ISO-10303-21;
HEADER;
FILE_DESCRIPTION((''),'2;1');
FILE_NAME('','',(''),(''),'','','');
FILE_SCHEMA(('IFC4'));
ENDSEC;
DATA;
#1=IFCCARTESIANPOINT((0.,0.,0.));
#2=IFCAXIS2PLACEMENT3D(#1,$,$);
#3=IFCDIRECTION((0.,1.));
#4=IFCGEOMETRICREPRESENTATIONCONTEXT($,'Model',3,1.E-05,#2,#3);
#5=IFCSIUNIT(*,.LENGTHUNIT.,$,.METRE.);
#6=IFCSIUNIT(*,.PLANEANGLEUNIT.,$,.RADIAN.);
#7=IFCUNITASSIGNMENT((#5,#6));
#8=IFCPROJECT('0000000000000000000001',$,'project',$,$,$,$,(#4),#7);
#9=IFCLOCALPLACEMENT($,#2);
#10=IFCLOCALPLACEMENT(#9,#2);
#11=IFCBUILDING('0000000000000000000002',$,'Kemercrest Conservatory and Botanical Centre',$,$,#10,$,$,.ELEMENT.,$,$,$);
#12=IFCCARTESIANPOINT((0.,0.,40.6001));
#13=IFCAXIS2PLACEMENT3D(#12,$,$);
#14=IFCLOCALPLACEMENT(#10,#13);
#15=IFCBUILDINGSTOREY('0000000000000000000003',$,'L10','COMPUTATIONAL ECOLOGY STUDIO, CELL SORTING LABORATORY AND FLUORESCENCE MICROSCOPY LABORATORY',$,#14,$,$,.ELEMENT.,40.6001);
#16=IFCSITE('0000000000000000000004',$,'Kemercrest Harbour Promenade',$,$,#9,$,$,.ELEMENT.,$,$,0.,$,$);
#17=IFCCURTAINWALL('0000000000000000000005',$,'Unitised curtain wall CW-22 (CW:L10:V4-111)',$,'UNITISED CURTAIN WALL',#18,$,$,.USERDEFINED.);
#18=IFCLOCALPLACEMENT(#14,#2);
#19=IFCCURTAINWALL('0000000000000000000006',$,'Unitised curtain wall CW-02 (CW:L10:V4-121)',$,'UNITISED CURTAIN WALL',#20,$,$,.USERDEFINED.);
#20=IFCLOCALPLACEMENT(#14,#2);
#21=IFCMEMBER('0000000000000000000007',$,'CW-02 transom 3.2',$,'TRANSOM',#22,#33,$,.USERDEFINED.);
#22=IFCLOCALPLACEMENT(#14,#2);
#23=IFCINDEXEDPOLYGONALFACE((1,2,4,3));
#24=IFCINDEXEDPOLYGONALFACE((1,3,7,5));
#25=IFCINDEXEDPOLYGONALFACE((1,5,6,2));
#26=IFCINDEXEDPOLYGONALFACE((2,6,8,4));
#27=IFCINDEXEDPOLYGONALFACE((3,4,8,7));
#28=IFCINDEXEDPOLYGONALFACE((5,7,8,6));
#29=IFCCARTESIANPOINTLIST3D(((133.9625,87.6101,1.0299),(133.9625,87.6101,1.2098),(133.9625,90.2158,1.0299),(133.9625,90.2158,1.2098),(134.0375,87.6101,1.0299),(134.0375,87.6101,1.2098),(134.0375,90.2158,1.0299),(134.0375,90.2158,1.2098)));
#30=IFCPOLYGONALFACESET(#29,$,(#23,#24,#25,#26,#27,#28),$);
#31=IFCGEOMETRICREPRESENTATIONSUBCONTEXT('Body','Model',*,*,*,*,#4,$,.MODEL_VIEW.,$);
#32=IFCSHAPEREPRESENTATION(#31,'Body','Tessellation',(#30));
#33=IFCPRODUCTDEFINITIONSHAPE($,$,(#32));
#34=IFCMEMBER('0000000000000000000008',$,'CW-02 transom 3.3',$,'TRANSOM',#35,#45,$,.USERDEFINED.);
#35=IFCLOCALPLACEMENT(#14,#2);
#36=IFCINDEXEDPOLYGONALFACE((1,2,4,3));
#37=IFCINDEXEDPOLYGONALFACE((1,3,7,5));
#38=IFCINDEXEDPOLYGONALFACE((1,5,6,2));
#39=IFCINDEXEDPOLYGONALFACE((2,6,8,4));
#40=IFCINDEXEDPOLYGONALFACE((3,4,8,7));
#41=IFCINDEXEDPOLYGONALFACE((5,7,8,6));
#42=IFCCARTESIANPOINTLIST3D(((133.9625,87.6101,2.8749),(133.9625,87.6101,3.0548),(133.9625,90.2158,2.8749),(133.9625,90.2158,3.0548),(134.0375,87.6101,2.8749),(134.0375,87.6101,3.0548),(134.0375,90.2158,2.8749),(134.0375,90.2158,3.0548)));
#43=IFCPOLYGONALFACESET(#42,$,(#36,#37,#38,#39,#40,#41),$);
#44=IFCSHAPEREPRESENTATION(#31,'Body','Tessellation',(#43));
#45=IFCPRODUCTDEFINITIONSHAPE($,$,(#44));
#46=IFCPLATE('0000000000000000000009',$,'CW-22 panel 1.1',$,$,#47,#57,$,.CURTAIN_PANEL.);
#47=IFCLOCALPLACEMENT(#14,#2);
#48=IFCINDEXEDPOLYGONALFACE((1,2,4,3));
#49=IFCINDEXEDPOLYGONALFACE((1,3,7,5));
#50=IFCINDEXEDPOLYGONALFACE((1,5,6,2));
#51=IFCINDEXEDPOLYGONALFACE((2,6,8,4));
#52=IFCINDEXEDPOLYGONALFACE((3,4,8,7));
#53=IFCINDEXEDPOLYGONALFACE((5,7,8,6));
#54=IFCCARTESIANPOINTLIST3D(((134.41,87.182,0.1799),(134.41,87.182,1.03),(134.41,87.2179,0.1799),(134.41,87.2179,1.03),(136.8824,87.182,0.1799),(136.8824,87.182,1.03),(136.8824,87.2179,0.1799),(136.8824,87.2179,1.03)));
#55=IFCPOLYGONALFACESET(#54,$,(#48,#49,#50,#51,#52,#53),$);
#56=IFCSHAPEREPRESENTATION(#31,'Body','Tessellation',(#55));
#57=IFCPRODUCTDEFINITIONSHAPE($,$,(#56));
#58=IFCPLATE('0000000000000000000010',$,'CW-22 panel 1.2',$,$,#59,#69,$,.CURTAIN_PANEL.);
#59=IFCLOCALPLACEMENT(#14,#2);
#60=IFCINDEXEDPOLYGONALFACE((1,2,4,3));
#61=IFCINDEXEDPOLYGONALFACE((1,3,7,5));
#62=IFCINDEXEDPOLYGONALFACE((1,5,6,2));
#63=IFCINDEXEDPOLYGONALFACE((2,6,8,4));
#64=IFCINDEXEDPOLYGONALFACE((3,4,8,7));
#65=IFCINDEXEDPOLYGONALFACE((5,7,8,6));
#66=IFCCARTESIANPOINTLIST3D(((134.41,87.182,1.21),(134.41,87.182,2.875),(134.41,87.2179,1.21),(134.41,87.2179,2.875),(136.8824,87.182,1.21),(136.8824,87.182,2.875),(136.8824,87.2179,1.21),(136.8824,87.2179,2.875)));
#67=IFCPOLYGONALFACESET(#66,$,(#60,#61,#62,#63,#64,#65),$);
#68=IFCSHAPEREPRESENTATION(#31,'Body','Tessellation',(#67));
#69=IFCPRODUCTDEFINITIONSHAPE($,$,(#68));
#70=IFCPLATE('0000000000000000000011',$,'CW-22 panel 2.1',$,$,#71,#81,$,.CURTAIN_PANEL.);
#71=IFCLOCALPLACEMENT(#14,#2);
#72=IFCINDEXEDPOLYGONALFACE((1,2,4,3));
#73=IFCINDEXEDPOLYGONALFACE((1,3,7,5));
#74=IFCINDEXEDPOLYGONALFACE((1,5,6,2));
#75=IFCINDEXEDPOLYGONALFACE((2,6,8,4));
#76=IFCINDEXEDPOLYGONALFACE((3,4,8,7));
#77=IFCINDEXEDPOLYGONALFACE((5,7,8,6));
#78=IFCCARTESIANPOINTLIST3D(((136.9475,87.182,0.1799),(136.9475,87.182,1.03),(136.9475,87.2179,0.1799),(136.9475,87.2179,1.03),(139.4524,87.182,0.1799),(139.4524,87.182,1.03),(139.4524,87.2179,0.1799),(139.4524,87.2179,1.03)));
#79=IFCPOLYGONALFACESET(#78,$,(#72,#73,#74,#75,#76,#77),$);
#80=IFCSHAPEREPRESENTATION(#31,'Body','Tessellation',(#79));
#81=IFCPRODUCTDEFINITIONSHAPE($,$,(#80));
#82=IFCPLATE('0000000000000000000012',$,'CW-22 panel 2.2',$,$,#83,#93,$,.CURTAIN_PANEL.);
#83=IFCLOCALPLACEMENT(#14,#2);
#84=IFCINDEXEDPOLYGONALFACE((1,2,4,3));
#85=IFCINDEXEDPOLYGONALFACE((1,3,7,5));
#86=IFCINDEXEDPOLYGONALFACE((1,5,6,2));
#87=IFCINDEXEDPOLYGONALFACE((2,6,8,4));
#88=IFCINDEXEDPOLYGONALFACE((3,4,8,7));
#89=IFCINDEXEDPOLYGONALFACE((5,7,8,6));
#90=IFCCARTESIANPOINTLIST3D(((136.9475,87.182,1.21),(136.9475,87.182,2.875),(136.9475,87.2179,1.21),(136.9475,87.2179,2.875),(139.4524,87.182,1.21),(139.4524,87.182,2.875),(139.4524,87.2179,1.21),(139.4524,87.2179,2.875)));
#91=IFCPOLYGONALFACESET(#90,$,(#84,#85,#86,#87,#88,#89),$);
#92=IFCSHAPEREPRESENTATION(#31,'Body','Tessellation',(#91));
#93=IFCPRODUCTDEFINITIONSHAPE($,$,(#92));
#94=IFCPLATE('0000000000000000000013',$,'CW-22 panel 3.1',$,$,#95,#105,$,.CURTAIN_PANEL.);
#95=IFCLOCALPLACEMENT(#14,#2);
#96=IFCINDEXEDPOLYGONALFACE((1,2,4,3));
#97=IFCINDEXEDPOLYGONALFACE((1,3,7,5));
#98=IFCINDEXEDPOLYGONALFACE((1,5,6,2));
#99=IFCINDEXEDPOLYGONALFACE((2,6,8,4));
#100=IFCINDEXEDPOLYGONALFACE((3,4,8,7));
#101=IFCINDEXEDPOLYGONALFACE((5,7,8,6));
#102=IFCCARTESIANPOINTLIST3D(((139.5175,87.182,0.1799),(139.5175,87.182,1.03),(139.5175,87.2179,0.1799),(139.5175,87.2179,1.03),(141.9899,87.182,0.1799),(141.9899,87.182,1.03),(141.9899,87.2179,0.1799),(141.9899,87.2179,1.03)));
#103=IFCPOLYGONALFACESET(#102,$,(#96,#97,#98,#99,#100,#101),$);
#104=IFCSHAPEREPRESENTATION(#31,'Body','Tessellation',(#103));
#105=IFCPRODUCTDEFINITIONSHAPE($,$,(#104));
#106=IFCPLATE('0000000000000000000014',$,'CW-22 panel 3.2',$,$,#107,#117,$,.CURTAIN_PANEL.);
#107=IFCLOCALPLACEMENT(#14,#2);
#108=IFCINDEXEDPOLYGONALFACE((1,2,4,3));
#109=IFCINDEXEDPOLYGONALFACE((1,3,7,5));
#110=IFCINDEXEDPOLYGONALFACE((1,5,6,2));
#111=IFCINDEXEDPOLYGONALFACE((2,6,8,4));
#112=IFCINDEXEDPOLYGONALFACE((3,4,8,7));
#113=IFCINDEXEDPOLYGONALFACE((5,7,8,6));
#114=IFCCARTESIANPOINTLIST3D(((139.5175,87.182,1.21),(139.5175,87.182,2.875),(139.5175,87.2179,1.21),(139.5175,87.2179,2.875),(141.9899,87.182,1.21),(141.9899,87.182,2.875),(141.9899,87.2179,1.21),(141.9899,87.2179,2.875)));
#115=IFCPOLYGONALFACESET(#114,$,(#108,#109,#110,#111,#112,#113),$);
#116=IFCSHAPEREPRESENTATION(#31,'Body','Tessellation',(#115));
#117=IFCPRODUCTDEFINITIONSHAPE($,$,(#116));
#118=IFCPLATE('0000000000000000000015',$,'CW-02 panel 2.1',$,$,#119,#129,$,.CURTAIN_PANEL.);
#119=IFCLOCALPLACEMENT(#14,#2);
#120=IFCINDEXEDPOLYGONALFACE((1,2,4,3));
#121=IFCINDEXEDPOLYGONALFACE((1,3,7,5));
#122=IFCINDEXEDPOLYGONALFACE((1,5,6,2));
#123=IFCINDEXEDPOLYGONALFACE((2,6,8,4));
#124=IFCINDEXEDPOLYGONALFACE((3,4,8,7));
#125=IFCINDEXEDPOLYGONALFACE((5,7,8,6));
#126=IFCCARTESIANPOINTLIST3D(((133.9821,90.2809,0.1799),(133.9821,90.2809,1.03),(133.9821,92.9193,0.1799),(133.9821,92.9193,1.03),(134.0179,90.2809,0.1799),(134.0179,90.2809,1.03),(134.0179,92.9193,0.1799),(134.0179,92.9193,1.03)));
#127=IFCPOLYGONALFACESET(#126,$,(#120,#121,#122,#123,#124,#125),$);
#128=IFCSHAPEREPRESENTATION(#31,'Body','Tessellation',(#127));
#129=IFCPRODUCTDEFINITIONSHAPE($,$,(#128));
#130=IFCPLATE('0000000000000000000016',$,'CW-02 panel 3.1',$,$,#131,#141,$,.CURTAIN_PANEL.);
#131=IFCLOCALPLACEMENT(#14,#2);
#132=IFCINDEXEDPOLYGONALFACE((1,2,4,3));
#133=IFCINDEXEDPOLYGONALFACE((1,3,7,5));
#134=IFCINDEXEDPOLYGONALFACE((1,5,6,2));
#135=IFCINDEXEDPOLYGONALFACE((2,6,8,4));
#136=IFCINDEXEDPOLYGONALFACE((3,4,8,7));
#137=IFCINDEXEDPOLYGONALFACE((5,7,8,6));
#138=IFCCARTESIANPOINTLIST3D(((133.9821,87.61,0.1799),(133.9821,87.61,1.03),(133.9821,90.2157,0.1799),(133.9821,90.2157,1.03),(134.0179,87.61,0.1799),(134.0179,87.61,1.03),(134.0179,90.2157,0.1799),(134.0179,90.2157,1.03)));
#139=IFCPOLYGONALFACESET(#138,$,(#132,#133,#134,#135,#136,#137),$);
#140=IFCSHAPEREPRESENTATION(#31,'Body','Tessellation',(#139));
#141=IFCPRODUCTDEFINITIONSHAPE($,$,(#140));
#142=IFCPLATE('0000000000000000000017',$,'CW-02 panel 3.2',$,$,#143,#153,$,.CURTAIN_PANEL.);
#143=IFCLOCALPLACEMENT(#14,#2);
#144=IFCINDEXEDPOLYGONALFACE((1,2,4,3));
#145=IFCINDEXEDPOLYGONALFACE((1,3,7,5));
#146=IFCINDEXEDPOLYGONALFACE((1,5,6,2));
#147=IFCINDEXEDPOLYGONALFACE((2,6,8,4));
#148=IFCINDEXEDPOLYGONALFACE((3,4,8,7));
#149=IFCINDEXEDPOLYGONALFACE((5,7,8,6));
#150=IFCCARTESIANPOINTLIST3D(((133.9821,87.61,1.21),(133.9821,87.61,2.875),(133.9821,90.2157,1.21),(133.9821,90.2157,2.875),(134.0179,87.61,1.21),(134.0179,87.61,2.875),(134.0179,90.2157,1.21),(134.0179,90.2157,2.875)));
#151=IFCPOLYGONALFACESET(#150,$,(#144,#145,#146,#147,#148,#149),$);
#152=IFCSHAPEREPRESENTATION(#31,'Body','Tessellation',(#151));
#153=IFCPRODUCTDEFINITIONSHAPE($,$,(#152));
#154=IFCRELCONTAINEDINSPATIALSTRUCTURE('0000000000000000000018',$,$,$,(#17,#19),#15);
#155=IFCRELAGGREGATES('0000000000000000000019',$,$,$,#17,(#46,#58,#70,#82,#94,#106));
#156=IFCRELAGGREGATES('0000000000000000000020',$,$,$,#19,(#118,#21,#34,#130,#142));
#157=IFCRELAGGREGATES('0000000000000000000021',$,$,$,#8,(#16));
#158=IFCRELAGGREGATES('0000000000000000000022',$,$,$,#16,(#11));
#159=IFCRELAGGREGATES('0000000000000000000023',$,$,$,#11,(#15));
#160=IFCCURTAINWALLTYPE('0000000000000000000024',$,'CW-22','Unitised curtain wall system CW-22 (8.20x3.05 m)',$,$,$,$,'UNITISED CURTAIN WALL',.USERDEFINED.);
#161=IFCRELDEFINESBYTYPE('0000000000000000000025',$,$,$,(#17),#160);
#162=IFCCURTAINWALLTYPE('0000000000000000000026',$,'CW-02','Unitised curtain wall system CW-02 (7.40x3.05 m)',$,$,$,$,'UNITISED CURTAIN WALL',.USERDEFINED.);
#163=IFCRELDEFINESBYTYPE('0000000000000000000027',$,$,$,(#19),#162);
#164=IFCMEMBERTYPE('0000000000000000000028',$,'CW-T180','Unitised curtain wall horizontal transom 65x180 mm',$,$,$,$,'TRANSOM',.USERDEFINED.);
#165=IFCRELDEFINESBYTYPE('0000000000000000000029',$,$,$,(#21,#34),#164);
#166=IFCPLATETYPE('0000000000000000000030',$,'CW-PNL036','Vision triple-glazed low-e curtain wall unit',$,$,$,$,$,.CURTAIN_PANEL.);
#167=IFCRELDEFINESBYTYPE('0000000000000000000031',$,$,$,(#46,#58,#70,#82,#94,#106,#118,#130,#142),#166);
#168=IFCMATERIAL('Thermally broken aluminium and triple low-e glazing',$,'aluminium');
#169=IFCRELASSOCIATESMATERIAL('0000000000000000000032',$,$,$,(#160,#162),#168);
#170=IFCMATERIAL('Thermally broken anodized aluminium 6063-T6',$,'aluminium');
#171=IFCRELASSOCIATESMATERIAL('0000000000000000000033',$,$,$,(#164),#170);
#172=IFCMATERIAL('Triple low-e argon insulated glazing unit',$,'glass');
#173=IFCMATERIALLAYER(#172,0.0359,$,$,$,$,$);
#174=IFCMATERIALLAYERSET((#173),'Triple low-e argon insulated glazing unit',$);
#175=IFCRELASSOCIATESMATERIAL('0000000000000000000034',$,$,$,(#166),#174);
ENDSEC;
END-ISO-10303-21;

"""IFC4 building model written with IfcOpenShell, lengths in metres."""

from ifc_helpers import new_model, si_unit, direction, frame, origin, origin_2d, place, context, subcontext, project, spatial, rectangle, extrude, material, layer, layer_set, material_profile, profile_set, type_object, element, aggregate, save


model = new_model("IFC4")

# Units and contexts
model_context = context("Model", 3, precision=1e-05, world=origin(), true_north=direction((0.0, 1.0)))
body_context = subcontext(model_context, "Body", "Model", "MODEL_VIEW")
ifc_project = project(units=[si_unit("LENGTHUNIT", "METRE"), si_unit("PLANEANGLEUNIT", "RADIAN")], contexts=[model_context])

# Site, building, storey
site_placement = place(None, origin())
site = spatial("IfcSite", under=ifc_project, at=site_placement, Name="Kemercrest Harbour Promenade", CompositionType="ELEMENT", RefElevation=0.0)
building_placement = place(site_placement, origin())
building = spatial("IfcBuilding", under=site, at=building_placement, Name="Kemercrest Conservatory and Botanical Centre", CompositionType="ELEMENT")
storey_placement = place(building_placement, frame((0.0, 0.0, 40.6001)))
storey = spatial("IfcBuildingStorey", under=building, at=storey_placement, Name="L10", Description="COMPUTATIONAL ECOLOGY STUDIO, CELL SORTING LABORATORY AND FLUORESCENCE MICROSCOPY LABORATORY", CompositionType="ELEMENT", Elevation=40.6001)

# Curtain walls
ifc_material_1 = material(Name="Thermally broken aluminium and triple low-e glazing", Category="aluminium")
curtain_wall_type_1 = type_object("IfcCurtainWallType", Name="CW-22", Description="Unitised curtain wall system CW-22 (8.20x3.05 m)", ElementType="UNITISED CURTAIN WALL", PredefinedType="USERDEFINED", material=ifc_material_1)
curtain_wall_1_placement = place(storey_placement, origin())
curtain_wall_1 = element("IfcCurtainWall", 1, at=curtain_wall_1_placement, inside=storey, type_object=curtain_wall_type_1, Name="Unitised curtain wall CW-22 (CW:L10:V4-111)", ObjectType="UNITISED CURTAIN WALL", PredefinedType="USERDEFINED")
ifc_material_2 = material(Name="Thermally broken anodized aluminium 6063-T6", Category="aluminium")
curtain_wall_type_2 = type_object("IfcCurtainWallType", Name="CW-02", Description="Unitised curtain wall system CW-02 (7.40x3.05 m)", ElementType="UNITISED CURTAIN WALL", PredefinedType="USERDEFINED", material=ifc_material_1)
curtain_wall_2_placement = place(storey_placement, origin())
curtain_wall_2 = element("IfcCurtainWall", 2, at=curtain_wall_2_placement, inside=storey, type_object=curtain_wall_type_2, Name="Unitised curtain wall CW-02 (CW:L10:V4-121)", ObjectType="UNITISED CURTAIN WALL", PredefinedType="USERDEFINED")

# Members
ifc_material_profile_1 = material_profile(ifc_material_2, rectangle(XDim=0.075, YDim=0.1799, at=origin_2d()), Name="AL TRANSOM 75x180")
ifc_profile_set_1 = profile_set([ifc_material_profile_1], Name="Thermally broken anodized aluminium 6063-T6")
member_type_1 = type_object("IfcMemberType", Name="CW-T180", Description="Unitised curtain wall horizontal transom 65x180 mm", ElementType="TRANSOM", PredefinedType="USERDEFINED", material=ifc_profile_set_1)
member_1_placement = place(storey_placement, frame((134.0, 90.2158, 1.1199), z_axis=(0.0, -1.0, 0.0), x_axis=(1.0, 0.0, 0.0)))
member_1 = element("IfcMember", 3, at=member_1_placement, type_object=member_type_1, Name="CW-02 transom 3.2", ObjectType="TRANSOM", PredefinedType="USERDEFINED", context=body_context, shape_type="SweptSolid", body=[
    extrude(rectangle(XDim=0.075, YDim=0.1799, at=origin_2d()), origin(), (0.0, 0.0, 1.0), 2.6057),
])
member_2_placement = place(storey_placement, frame((134.0, 90.2158, 2.9648), z_axis=(0.0, -1.0, 0.0), x_axis=(1.0, 0.0, 0.0)))
member_2 = element("IfcMember", 4, at=member_2_placement, type_object=member_type_1, Name="CW-02 transom 3.3", ObjectType="TRANSOM", PredefinedType="USERDEFINED", context=body_context, shape_type="SweptSolid", body=[
    extrude(rectangle(XDim=0.075, YDim=0.1799, at=origin_2d()), origin(), (0.0, 0.0, 1.0), 2.6057),
])

# Plates
ifc_material_3 = material(Name="Triple low-e argon insulated glazing unit", Category="glass")
ifc_layer = layer(ifc_material_3, 0.0359)
ifc_layer_set = layer_set([ifc_layer], Name="Triple low-e argon insulated glazing unit")
plate_type = type_object("IfcPlateType", Name="CW-PNL036", Description="Vision triple-glazed low-e curtain wall unit", PredefinedType="CURTAIN_PANEL", material=ifc_layer_set)
plate_1_placement = place(storey_placement, frame((135.6462, 87.2, 0.1799), z_axis=(0.0, 0.0, 1.0), x_axis=(1.0, 0.0, 0.0)))
plate_1 = element("IfcPlate", 5, at=plate_1_placement, type_object=plate_type, Name="CW-22 panel 1.1", PredefinedType="CURTAIN_PANEL", context=body_context, shape_type="SweptSolid", body=[
    extrude(rectangle(XDim=2.4724, YDim=0.0359, at=origin_2d()), origin(), (0.0, 0.0, 1.0), 0.8501),
])
plate_2_placement = place(storey_placement, frame((135.6462, 87.2, 1.21), z_axis=(0.0, 0.0, 1.0), x_axis=(1.0, 0.0, 0.0)))
plate_2 = element("IfcPlate", 6, at=plate_2_placement, type_object=plate_type, Name="CW-22 panel 1.2", PredefinedType="CURTAIN_PANEL", context=body_context, shape_type="SweptSolid", body=[
    extrude(rectangle(XDim=2.4724, YDim=0.0359, at=origin_2d()), origin(), (0.0, 0.0, 1.0), 1.665),
])
plate_3_placement = place(storey_placement, frame((138.2, 87.2, 0.1799), z_axis=(0.0, 0.0, 1.0), x_axis=(1.0, 0.0, 0.0)))
plate_3 = element("IfcPlate", 7, at=plate_3_placement, type_object=plate_type, Name="CW-22 panel 2.1", PredefinedType="CURTAIN_PANEL", context=body_context, shape_type="SweptSolid", body=[
    extrude(rectangle(XDim=2.5049, YDim=0.0359, at=origin_2d()), origin(), (0.0, 0.0, 1.0), 0.8501),
])
plate_4_placement = place(storey_placement, frame((138.2, 87.2, 1.21), z_axis=(0.0, 0.0, 1.0), x_axis=(1.0, 0.0, 0.0)))
plate_4 = element("IfcPlate", 8, at=plate_4_placement, type_object=plate_type, Name="CW-22 panel 2.2", PredefinedType="CURTAIN_PANEL", context=body_context, shape_type="SweptSolid", body=[
    extrude(rectangle(XDim=2.5049, YDim=0.0359, at=origin_2d()), origin(), (0.0, 0.0, 1.0), 1.665),
])
plate_5_placement = place(storey_placement, frame((140.7537, 87.2, 0.1799), z_axis=(0.0, 0.0, 1.0), x_axis=(1.0, 0.0, 0.0)))
plate_5 = element("IfcPlate", 9, at=plate_5_placement, type_object=plate_type, Name="CW-22 panel 3.1", PredefinedType="CURTAIN_PANEL", context=body_context, shape_type="SweptSolid", body=[
    extrude(rectangle(XDim=2.4724, YDim=0.0359, at=origin_2d()), origin(), (0.0, 0.0, 1.0), 0.8501),
])
plate_6_placement = place(storey_placement, frame((140.7537, 87.2, 1.21), z_axis=(0.0, 0.0, 1.0), x_axis=(1.0, 0.0, 0.0)))
plate_6 = element("IfcPlate", 10, at=plate_6_placement, type_object=plate_type, Name="CW-22 panel 3.2", PredefinedType="CURTAIN_PANEL", context=body_context, shape_type="SweptSolid", body=[
    extrude(rectangle(XDim=2.4724, YDim=0.0359, at=origin_2d()), origin(), (0.0, 0.0, 1.0), 1.665),
])
aggregate(curtain_wall_1, [plate_1, plate_2, plate_3, plate_4, plate_5, plate_6])
plate_7_placement = place(storey_placement, frame((134.0, 91.6001, 0.1799), z_axis=(0.0, 0.0, 1.0), x_axis=(0.0, -1.0, 0.0)))
plate_7 = element("IfcPlate", 11, at=plate_7_placement, type_object=plate_type, Name="CW-02 panel 2.1", PredefinedType="CURTAIN_PANEL", context=body_context, shape_type="SweptSolid", body=[
    extrude(rectangle(XDim=2.6384, YDim=0.0359, at=origin_2d()), origin(), (0.0, 0.0, 1.0), 0.8501),
])
plate_8_placement = place(storey_placement, frame((134.0, 88.9128, 0.1799), z_axis=(0.0, 0.0, 1.0), x_axis=(0.0, -1.0, 0.0)))
plate_8 = element("IfcPlate", 12, at=plate_8_placement, type_object=plate_type, Name="CW-02 panel 3.1", PredefinedType="CURTAIN_PANEL", context=body_context, shape_type="SweptSolid", body=[
    extrude(rectangle(XDim=2.6057, YDim=0.0359, at=origin_2d()), origin(), (0.0, 0.0, 1.0), 0.8501),
])
plate_9_placement = place(storey_placement, frame((134.0, 88.9128, 1.21), z_axis=(0.0, 0.0, 1.0), x_axis=(0.0, -1.0, 0.0)))
plate_9 = element("IfcPlate", 13, at=plate_9_placement, type_object=plate_type, Name="CW-02 panel 3.2", PredefinedType="CURTAIN_PANEL", context=body_context, shape_type="SweptSolid", body=[
    extrude(rectangle(XDim=2.6057, YDim=0.0359, at=origin_2d()), origin(), (0.0, 0.0, 1.0), 1.665),
])
aggregate(curtain_wall_2, [plate_7, member_1, member_2, plate_8, plate_9])

save(model, "model.ifc")
